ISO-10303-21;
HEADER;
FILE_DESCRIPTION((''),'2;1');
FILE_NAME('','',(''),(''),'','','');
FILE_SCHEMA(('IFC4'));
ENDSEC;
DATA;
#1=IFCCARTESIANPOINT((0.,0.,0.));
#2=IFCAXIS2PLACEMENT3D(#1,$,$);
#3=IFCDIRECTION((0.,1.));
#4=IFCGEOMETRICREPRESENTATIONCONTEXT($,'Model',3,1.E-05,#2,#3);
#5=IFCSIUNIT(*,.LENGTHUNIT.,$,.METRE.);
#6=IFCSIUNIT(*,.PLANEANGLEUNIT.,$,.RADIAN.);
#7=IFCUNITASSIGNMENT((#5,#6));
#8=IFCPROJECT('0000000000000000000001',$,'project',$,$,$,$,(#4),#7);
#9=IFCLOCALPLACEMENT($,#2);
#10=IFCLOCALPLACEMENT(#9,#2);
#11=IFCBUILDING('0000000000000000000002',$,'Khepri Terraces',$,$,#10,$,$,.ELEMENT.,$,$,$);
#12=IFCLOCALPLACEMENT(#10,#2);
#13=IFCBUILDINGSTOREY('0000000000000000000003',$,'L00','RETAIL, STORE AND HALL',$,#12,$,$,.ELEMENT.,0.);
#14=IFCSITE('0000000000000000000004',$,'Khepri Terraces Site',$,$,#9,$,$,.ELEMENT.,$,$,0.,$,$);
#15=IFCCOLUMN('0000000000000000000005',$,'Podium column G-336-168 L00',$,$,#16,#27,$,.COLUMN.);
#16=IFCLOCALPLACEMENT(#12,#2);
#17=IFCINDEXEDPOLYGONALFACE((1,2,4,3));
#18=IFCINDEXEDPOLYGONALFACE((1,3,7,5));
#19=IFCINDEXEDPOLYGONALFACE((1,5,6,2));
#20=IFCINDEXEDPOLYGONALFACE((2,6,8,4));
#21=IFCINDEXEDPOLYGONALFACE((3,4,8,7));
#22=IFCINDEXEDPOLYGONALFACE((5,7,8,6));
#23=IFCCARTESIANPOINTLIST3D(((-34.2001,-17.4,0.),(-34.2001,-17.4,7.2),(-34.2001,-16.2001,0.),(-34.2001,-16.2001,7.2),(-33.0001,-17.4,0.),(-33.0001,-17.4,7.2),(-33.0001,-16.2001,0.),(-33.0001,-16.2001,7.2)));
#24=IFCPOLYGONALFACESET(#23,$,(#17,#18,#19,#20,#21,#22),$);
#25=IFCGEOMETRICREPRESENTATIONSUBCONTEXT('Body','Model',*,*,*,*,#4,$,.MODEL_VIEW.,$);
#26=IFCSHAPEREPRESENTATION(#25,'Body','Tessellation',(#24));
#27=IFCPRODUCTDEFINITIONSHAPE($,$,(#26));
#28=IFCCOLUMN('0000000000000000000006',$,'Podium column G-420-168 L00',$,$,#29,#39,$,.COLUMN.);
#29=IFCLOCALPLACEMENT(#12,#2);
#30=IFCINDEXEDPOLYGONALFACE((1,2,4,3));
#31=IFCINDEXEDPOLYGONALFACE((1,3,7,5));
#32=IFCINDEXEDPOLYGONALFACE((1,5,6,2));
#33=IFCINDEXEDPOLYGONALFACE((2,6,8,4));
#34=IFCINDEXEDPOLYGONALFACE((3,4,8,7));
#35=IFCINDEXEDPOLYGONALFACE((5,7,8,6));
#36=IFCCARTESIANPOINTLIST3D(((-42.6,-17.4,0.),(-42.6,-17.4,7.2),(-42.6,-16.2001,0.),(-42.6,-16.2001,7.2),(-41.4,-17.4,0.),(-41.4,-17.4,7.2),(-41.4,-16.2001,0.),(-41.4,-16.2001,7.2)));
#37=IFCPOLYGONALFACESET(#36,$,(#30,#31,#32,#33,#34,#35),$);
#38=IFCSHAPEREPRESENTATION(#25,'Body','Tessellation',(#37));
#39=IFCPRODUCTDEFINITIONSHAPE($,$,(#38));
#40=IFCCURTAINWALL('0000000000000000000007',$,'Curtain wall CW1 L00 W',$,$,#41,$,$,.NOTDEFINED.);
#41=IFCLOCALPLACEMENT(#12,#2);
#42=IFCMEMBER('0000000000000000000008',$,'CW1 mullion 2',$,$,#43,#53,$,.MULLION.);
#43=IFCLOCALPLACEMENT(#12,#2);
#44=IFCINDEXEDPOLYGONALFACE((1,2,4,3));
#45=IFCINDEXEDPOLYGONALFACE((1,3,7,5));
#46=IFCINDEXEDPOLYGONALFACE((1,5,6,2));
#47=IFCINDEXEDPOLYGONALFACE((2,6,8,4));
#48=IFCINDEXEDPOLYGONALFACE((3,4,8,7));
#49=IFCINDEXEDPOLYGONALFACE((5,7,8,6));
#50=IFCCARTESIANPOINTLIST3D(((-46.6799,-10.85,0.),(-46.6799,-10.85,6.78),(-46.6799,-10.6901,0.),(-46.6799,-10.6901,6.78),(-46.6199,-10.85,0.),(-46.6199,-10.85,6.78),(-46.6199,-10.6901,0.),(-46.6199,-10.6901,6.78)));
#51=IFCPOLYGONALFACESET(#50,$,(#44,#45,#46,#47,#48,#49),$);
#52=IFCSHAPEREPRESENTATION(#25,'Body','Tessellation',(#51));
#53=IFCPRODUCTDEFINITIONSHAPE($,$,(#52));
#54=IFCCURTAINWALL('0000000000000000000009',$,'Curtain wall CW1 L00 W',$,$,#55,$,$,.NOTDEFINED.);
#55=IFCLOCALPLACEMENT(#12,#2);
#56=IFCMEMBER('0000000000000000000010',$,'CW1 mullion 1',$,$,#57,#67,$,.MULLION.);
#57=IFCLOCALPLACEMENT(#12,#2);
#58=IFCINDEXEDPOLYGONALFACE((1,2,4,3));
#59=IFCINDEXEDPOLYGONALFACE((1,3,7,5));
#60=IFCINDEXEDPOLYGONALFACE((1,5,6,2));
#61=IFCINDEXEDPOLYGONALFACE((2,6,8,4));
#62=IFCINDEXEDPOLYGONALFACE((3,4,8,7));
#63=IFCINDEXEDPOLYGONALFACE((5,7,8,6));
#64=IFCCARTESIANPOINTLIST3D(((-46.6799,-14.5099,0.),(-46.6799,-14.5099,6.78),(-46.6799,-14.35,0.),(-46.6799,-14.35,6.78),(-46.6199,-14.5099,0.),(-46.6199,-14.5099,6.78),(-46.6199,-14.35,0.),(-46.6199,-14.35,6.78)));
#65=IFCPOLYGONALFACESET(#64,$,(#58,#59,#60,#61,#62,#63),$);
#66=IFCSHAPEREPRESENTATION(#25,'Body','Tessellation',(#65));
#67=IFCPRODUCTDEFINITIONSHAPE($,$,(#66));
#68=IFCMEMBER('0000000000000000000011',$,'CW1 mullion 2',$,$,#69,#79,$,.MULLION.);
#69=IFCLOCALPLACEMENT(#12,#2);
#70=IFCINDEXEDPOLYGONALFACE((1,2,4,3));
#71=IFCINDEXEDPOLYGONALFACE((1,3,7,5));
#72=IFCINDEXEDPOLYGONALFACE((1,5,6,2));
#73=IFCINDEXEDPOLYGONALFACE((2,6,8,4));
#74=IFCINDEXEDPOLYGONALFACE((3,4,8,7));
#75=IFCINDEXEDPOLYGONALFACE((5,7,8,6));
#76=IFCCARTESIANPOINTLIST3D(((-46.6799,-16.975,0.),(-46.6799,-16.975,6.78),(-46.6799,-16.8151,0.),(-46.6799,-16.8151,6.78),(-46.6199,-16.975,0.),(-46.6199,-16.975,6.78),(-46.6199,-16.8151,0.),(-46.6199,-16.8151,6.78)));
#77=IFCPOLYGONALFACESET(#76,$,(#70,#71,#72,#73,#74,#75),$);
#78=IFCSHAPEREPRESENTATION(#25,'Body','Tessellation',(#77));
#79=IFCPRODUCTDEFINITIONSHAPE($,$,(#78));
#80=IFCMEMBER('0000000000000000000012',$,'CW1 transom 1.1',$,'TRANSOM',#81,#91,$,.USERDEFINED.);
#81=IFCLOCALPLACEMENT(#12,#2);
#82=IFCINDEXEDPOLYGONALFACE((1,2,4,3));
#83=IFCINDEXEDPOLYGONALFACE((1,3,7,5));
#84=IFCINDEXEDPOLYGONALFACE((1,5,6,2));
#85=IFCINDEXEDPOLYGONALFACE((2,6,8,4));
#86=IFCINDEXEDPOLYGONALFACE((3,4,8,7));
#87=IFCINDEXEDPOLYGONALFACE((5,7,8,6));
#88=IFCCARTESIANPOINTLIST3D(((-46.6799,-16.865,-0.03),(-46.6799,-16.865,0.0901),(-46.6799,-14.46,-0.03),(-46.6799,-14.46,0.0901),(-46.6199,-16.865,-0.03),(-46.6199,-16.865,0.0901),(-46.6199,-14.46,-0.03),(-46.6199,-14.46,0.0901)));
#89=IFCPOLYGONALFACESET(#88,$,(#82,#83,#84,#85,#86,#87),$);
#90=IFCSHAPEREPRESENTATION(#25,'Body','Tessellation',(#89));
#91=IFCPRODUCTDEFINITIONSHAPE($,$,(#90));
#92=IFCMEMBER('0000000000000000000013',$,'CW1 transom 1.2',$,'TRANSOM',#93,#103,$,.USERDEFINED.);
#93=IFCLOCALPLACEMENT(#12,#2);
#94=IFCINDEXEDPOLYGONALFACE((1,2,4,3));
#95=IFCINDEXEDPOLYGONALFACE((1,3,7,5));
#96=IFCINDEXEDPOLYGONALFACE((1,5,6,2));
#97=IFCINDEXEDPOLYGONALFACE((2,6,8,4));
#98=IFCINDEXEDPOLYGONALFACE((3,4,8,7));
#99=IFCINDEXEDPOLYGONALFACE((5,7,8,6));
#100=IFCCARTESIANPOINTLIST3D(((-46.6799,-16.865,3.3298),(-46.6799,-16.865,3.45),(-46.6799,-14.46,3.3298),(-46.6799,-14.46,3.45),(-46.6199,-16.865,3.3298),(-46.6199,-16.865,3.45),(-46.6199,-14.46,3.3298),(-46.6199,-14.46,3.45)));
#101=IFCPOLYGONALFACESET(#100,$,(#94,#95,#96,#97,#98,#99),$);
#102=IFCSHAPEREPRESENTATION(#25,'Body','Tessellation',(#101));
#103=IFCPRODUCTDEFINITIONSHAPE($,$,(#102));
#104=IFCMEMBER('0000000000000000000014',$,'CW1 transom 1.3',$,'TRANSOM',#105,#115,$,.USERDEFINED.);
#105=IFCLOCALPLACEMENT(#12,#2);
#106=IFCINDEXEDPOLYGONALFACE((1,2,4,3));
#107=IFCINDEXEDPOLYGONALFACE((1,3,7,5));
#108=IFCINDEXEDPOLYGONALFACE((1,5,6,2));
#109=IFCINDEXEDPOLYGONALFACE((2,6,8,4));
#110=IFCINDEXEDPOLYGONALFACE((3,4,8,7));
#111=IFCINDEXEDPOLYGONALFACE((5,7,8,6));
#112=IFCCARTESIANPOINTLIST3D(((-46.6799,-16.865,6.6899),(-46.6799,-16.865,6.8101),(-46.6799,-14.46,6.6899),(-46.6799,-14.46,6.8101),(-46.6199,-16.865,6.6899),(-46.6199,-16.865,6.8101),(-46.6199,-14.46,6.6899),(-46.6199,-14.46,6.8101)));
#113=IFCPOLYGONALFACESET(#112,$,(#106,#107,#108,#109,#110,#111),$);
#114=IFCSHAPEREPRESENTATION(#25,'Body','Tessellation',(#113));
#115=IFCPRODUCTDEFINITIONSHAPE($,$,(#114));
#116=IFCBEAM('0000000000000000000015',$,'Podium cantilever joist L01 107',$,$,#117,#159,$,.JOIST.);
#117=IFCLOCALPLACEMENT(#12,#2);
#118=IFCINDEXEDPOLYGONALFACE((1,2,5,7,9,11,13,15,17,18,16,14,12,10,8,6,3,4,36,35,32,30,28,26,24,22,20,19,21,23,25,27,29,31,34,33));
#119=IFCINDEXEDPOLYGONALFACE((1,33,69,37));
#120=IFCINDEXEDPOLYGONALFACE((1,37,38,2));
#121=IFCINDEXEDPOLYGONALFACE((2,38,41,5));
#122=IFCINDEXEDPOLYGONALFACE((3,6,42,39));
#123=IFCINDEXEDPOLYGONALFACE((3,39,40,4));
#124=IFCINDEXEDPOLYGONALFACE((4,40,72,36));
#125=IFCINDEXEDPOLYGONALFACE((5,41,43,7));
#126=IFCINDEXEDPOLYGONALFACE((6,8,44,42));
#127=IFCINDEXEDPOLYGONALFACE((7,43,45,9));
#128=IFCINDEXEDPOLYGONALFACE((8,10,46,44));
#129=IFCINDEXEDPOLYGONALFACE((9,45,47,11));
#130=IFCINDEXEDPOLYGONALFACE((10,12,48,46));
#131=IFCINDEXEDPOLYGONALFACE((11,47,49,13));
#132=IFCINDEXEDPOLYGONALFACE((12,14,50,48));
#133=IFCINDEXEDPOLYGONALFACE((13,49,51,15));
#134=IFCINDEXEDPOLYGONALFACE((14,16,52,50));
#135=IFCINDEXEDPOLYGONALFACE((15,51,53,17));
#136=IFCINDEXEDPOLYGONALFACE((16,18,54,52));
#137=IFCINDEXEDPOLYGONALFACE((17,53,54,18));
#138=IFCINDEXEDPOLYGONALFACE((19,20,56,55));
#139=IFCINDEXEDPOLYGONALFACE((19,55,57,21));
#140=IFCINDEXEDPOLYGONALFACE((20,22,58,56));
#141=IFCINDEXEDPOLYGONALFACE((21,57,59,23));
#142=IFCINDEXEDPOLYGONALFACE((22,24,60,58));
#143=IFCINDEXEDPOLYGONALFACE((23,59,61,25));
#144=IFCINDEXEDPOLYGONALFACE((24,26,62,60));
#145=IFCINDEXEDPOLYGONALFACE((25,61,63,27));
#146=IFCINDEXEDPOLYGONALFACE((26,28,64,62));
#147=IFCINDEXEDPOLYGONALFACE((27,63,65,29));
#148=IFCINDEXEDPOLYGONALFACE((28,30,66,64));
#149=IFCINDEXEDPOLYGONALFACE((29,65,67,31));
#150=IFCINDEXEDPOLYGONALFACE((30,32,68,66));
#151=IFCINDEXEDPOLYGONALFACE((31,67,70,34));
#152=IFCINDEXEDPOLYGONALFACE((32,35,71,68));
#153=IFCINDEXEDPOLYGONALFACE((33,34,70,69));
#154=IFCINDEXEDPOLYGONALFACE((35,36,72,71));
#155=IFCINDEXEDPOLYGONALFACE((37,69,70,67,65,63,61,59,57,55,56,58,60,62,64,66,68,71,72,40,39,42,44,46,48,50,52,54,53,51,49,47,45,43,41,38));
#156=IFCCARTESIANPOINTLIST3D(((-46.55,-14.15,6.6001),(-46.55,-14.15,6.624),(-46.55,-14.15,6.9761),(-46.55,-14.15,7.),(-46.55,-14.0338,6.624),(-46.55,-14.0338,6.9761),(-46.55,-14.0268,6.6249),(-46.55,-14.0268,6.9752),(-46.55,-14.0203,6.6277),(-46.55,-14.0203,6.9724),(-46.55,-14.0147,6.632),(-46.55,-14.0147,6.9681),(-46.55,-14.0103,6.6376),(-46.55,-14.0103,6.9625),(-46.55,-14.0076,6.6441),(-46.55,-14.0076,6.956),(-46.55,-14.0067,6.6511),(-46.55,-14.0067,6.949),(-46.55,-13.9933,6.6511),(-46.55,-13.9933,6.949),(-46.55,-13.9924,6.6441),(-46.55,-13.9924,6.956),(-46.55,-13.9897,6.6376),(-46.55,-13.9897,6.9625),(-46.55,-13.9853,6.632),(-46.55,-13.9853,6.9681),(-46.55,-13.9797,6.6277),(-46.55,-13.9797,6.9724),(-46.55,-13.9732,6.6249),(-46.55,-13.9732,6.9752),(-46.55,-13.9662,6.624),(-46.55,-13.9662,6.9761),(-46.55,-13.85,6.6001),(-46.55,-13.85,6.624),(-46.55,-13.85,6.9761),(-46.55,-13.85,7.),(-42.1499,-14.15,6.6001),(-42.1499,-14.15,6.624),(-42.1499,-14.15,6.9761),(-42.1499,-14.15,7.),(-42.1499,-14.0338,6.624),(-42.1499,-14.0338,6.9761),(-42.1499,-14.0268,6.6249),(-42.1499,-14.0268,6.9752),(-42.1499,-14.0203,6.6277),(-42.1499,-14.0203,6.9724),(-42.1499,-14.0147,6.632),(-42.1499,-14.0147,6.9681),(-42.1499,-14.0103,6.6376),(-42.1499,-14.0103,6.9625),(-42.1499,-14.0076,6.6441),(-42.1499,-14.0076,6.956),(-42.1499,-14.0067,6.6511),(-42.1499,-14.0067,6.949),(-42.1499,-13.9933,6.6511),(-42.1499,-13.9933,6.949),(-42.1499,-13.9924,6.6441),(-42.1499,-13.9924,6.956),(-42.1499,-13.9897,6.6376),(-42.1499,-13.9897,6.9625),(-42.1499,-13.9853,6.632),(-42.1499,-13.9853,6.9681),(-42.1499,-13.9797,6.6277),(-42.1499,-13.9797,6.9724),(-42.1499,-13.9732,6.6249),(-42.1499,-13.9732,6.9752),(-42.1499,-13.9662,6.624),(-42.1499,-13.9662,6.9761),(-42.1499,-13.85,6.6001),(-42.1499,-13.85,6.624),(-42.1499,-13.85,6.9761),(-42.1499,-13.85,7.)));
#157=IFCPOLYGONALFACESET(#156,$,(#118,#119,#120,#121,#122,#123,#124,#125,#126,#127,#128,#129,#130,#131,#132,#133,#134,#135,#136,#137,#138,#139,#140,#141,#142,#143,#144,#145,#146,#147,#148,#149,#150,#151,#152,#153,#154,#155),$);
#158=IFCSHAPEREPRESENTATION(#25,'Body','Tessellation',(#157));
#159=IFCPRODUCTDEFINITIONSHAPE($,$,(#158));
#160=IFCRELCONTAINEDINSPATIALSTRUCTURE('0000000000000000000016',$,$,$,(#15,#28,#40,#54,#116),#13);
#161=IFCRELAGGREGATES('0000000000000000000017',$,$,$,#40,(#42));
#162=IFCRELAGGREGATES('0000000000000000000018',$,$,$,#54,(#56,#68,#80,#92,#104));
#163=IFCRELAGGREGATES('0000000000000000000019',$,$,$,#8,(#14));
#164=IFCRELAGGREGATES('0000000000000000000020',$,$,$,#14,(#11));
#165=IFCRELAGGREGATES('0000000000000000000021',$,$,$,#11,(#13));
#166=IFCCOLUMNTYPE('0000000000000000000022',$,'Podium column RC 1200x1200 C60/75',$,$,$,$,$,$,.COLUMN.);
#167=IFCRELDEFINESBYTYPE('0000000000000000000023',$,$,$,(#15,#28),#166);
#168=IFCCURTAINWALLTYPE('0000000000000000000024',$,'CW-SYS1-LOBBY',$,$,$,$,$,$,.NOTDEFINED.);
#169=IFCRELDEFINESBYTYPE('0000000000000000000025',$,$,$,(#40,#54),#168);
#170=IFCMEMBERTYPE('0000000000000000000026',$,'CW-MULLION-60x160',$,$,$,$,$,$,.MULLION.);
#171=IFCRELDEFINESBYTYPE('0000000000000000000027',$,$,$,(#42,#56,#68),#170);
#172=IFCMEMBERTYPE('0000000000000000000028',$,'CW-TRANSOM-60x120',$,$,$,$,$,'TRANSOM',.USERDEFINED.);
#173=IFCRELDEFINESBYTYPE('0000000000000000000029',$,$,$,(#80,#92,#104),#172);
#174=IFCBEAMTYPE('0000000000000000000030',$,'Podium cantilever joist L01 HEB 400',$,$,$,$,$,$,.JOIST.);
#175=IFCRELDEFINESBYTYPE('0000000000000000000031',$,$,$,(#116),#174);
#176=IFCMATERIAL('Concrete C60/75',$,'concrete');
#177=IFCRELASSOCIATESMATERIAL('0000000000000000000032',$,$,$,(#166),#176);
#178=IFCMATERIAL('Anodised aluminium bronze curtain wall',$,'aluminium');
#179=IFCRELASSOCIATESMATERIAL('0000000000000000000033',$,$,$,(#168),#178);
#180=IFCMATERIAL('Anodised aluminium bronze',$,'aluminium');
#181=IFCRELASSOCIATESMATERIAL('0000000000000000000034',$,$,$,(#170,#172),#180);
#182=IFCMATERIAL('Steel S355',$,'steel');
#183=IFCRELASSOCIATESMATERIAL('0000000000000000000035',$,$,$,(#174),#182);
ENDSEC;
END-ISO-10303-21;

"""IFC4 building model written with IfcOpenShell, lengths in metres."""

from ifc_helpers import new_model, si_unit, direction, frame, origin, origin_2d, place, context, subcontext, project, spatial, rectangle, i_section, extrude, material, material_profile, profile_set, type_object, element, aggregate, save


model = new_model("IFC4")

# Units and contexts
model_context = context("Model", 3, precision=1e-05, world=origin(), true_north=direction((0.0, 1.0)))
body_context = subcontext(model_context, "Body", "Model", "MODEL_VIEW")
ifc_project = project(units=[si_unit("LENGTHUNIT", "METRE"), si_unit("PLANEANGLEUNIT", "RADIAN")], contexts=[model_context])

# Site, building, storey
site_placement = place(None, origin())
site = spatial("IfcSite", under=ifc_project, at=site_placement, Name="Khepri Terraces Site", CompositionType="ELEMENT", RefElevation=0.0)
building_placement = place(site_placement, origin())
building = spatial("IfcBuilding", under=site, at=building_placement, Name="Khepri Terraces", CompositionType="ELEMENT")
storey_placement = place(building_placement, origin())
storey = spatial("IfcBuildingStorey", under=building, at=storey_placement, Name="L00", Description="RETAIL, STORE AND HALL", CompositionType="ELEMENT", Elevation=0.0)

# Columns
ifc_material_1 = material(Name="Concrete C60/75", Category="concrete")
ifc_material_profile_1 = material_profile(ifc_material_1, rectangle(XDim=1.2, YDim=1.2, at=origin_2d()), Name="Concrete C60/75", Category="concrete")
ifc_profile_set_1 = profile_set([ifc_material_profile_1], Name="Concrete C60/75")
column_type = type_object("IfcColumnType", Name="Podium column RC 1200x1200 C60/75", PredefinedType="COLUMN", material=ifc_profile_set_1)
for number, where, z_axis, x_axis, name in (
    (1, (-33.6001, -16.8, 0.0), (0.0, 0.0, 1.0), (1.0, 0.0, 0.0), "Podium column G-336-168 L00"),
    (2, (-42.0, -16.8, 0.0), (0.0, 0.0, 1.0), (1.0, 0.0, 0.0), "Podium column G-420-168 L00"),
):
    element("IfcColumn", number, at=place(storey_placement, frame(where, z_axis=z_axis, x_axis=x_axis)), inside=storey, type_object=column_type, Name=name, PredefinedType="COLUMN", context=body_context, shape_type="SweptSolid", body=[
        extrude(rectangle(XDim=1.2, YDim=1.2, at=origin_2d()), origin(), (0.0, 0.0, 1.0), 7.2),
    ])

# Curtain wall, member
ifc_material_2 = material(Name="Anodised aluminium bronze curtain wall", Category="aluminium")
curtain_wall_type = type_object("IfcCurtainWallType", Name="CW-SYS1-LOBBY", PredefinedType="NOTDEFINED", material=ifc_material_2)
curtain_wall_1_placement = place(storey_placement, origin())
curtain_wall_1 = element("IfcCurtainWall", 3, at=curtain_wall_1_placement, inside=storey, type_object=curtain_wall_type, Name="Curtain wall CW1 L00 W", PredefinedType="NOTDEFINED")
ifc_material_3 = material(Name="Anodised aluminium bronze", Category="aluminium")
ifc_material_profile_2 = material_profile(ifc_material_3, rectangle(XDim=0.0601, YDim=0.1599, at=origin_2d()), Name="Anodised aluminium bronze", Category="aluminium")
ifc_profile_set_2 = profile_set([ifc_material_profile_2], Name="Anodised aluminium bronze")
member_type_1 = type_object("IfcMemberType", Name="CW-MULLION-60x160", PredefinedType="MULLION", material=ifc_profile_set_2)
member_1_placement = place(storey_placement, frame((-46.6499, -10.77, 0.0), z_axis=(0.0, 0.0, 1.0), x_axis=(1.0, 0.0, 0.0)))
member_1 = element("IfcMember", 4, at=member_1_placement, type_object=member_type_1, Name="CW1 mullion 2", PredefinedType="MULLION", context=body_context, shape_type="SweptSolid", body=[
    extrude(rectangle(XDim=0.0601, YDim=0.1599, at=origin_2d()), origin(), (0.0, 0.0, 1.0), 6.78),
])
aggregate(curtain_wall_1, [member_1])

# Curtain wall, members
curtain_wall_2_placement = place(storey_placement, origin())
curtain_wall_2 = element("IfcCurtainWall", 5, at=curtain_wall_2_placement, inside=storey, type_object=curtain_wall_type, Name="Curtain wall CW1 L00 W", PredefinedType="NOTDEFINED")
member_2_placement = place(storey_placement, frame((-46.6499, -14.4299, 0.0), z_axis=(0.0, 0.0, 1.0), x_axis=(1.0, 0.0, 0.0)))
member_2 = element("IfcMember", 6, at=member_2_placement, type_object=member_type_1, Name="CW1 mullion 1", PredefinedType="MULLION", context=body_context, shape_type="SweptSolid", body=[
    extrude(rectangle(XDim=0.0601, YDim=0.1599, at=origin_2d()), origin(), (0.0, 0.0, 1.0), 6.78),
])
member_3_placement = place(storey_placement, frame((-46.6499, -16.895, 0.0), z_axis=(0.0, 0.0, 1.0), x_axis=(1.0, 0.0, 0.0)))
member_3 = element("IfcMember", 7, at=member_3_placement, type_object=member_type_1, Name="CW1 mullion 2", PredefinedType="MULLION", context=body_context, shape_type="SweptSolid", body=[
    extrude(rectangle(XDim=0.0601, YDim=0.1599, at=origin_2d()), origin(), (0.0, 0.0, 1.0), 6.78),
])
ifc_material_profile_3 = material_profile(ifc_material_3, rectangle(XDim=0.0601, YDim=0.1201, at=origin_2d()), Name="Anodised aluminium bronze", Category="aluminium")
ifc_profile_set_3 = profile_set([ifc_material_profile_3], Name="Anodised aluminium bronze")
member_type_2 = type_object("IfcMemberType", Name="CW-TRANSOM-60x120", ElementType="TRANSOM", PredefinedType="USERDEFINED", material=ifc_profile_set_3)
member_4_placement = place(storey_placement, frame((-46.6499, -14.46, 0.03), z_axis=(0.0, -1.0, 0.0), x_axis=(1.0, 0.0, 0.0)))
member_4 = element("IfcMember", 8, at=member_4_placement, type_object=member_type_2, Name="CW1 transom 1.1", ObjectType="TRANSOM", PredefinedType="USERDEFINED", context=body_context, shape_type="SweptSolid", body=[
    extrude(rectangle(XDim=0.0601, YDim=0.1201, at=origin_2d()), origin(), (0.0, 0.0, 1.0), 2.405),
])
member_5_placement = place(storey_placement, frame((-46.6499, -14.46, 3.3899), z_axis=(0.0, -1.0, 0.0), x_axis=(1.0, 0.0, 0.0)))
member_5 = element("IfcMember", 9, at=member_5_placement, type_object=member_type_2, Name="CW1 transom 1.2", ObjectType="TRANSOM", PredefinedType="USERDEFINED", context=body_context, shape_type="SweptSolid", body=[
    extrude(rectangle(XDim=0.0601, YDim=0.1201, at=origin_2d()), origin(), (0.0, 0.0, 1.0), 2.405),
])
member_6_placement = place(storey_placement, frame((-46.6499, -14.46, 6.75), z_axis=(0.0, -1.0, 0.0), x_axis=(1.0, 0.0, 0.0)))
member_6 = element("IfcMember", 10, at=member_6_placement, type_object=member_type_2, Name="CW1 transom 1.3", ObjectType="TRANSOM", PredefinedType="USERDEFINED", context=body_context, shape_type="SweptSolid", body=[
    extrude(rectangle(XDim=0.0601, YDim=0.1201, at=origin_2d()), origin(), (0.0, 0.0, 1.0), 2.405),
])

# Beam
ifc_material_4 = material(Name="Steel S355", Category="steel")
ifc_material_profile_4 = material_profile(ifc_material_4, i_section(OverallWidth=0.3, OverallDepth=0.3999, WebThickness=0.0134, FlangeThickness=0.0239, FilletRadius=0.0271, at=origin_2d()), Name="Steel S355", Category="steel")
ifc_profile_set_4 = profile_set([ifc_material_profile_4], Name="Steel S355")
beam_type_1 = type_object("IfcBeamType", Name="Podium cantilever joist L01 HEB 400", PredefinedType="JOIST", material=ifc_profile_set_4)
for number, where, z_axis, x_axis, name in (
    (11, (-46.55, -14.0, 6.8), (1.0, 0.0, 0.0), (0.0, 1.0, 0.0), "Podium cantilever joist L01 107"),
):
    element("IfcBeam", number, at=place(storey_placement, frame(where, z_axis=z_axis, x_axis=x_axis)), inside=storey, type_object=beam_type_1, Name=name, PredefinedType="JOIST", context=body_context, shape_type="SweptSolid", body=[
        extrude(i_section(OverallWidth=0.3, OverallDepth=0.3999, WebThickness=0.0134, FlangeThickness=0.0239, FilletRadius=0.0271, at=origin_2d()), origin(), (0.0, 0.0, 1.0), 4.4001),
    ])

aggregate(curtain_wall_2, [member_2, member_3, member_4, member_5, member_6])

save(model, "model.ifc")
